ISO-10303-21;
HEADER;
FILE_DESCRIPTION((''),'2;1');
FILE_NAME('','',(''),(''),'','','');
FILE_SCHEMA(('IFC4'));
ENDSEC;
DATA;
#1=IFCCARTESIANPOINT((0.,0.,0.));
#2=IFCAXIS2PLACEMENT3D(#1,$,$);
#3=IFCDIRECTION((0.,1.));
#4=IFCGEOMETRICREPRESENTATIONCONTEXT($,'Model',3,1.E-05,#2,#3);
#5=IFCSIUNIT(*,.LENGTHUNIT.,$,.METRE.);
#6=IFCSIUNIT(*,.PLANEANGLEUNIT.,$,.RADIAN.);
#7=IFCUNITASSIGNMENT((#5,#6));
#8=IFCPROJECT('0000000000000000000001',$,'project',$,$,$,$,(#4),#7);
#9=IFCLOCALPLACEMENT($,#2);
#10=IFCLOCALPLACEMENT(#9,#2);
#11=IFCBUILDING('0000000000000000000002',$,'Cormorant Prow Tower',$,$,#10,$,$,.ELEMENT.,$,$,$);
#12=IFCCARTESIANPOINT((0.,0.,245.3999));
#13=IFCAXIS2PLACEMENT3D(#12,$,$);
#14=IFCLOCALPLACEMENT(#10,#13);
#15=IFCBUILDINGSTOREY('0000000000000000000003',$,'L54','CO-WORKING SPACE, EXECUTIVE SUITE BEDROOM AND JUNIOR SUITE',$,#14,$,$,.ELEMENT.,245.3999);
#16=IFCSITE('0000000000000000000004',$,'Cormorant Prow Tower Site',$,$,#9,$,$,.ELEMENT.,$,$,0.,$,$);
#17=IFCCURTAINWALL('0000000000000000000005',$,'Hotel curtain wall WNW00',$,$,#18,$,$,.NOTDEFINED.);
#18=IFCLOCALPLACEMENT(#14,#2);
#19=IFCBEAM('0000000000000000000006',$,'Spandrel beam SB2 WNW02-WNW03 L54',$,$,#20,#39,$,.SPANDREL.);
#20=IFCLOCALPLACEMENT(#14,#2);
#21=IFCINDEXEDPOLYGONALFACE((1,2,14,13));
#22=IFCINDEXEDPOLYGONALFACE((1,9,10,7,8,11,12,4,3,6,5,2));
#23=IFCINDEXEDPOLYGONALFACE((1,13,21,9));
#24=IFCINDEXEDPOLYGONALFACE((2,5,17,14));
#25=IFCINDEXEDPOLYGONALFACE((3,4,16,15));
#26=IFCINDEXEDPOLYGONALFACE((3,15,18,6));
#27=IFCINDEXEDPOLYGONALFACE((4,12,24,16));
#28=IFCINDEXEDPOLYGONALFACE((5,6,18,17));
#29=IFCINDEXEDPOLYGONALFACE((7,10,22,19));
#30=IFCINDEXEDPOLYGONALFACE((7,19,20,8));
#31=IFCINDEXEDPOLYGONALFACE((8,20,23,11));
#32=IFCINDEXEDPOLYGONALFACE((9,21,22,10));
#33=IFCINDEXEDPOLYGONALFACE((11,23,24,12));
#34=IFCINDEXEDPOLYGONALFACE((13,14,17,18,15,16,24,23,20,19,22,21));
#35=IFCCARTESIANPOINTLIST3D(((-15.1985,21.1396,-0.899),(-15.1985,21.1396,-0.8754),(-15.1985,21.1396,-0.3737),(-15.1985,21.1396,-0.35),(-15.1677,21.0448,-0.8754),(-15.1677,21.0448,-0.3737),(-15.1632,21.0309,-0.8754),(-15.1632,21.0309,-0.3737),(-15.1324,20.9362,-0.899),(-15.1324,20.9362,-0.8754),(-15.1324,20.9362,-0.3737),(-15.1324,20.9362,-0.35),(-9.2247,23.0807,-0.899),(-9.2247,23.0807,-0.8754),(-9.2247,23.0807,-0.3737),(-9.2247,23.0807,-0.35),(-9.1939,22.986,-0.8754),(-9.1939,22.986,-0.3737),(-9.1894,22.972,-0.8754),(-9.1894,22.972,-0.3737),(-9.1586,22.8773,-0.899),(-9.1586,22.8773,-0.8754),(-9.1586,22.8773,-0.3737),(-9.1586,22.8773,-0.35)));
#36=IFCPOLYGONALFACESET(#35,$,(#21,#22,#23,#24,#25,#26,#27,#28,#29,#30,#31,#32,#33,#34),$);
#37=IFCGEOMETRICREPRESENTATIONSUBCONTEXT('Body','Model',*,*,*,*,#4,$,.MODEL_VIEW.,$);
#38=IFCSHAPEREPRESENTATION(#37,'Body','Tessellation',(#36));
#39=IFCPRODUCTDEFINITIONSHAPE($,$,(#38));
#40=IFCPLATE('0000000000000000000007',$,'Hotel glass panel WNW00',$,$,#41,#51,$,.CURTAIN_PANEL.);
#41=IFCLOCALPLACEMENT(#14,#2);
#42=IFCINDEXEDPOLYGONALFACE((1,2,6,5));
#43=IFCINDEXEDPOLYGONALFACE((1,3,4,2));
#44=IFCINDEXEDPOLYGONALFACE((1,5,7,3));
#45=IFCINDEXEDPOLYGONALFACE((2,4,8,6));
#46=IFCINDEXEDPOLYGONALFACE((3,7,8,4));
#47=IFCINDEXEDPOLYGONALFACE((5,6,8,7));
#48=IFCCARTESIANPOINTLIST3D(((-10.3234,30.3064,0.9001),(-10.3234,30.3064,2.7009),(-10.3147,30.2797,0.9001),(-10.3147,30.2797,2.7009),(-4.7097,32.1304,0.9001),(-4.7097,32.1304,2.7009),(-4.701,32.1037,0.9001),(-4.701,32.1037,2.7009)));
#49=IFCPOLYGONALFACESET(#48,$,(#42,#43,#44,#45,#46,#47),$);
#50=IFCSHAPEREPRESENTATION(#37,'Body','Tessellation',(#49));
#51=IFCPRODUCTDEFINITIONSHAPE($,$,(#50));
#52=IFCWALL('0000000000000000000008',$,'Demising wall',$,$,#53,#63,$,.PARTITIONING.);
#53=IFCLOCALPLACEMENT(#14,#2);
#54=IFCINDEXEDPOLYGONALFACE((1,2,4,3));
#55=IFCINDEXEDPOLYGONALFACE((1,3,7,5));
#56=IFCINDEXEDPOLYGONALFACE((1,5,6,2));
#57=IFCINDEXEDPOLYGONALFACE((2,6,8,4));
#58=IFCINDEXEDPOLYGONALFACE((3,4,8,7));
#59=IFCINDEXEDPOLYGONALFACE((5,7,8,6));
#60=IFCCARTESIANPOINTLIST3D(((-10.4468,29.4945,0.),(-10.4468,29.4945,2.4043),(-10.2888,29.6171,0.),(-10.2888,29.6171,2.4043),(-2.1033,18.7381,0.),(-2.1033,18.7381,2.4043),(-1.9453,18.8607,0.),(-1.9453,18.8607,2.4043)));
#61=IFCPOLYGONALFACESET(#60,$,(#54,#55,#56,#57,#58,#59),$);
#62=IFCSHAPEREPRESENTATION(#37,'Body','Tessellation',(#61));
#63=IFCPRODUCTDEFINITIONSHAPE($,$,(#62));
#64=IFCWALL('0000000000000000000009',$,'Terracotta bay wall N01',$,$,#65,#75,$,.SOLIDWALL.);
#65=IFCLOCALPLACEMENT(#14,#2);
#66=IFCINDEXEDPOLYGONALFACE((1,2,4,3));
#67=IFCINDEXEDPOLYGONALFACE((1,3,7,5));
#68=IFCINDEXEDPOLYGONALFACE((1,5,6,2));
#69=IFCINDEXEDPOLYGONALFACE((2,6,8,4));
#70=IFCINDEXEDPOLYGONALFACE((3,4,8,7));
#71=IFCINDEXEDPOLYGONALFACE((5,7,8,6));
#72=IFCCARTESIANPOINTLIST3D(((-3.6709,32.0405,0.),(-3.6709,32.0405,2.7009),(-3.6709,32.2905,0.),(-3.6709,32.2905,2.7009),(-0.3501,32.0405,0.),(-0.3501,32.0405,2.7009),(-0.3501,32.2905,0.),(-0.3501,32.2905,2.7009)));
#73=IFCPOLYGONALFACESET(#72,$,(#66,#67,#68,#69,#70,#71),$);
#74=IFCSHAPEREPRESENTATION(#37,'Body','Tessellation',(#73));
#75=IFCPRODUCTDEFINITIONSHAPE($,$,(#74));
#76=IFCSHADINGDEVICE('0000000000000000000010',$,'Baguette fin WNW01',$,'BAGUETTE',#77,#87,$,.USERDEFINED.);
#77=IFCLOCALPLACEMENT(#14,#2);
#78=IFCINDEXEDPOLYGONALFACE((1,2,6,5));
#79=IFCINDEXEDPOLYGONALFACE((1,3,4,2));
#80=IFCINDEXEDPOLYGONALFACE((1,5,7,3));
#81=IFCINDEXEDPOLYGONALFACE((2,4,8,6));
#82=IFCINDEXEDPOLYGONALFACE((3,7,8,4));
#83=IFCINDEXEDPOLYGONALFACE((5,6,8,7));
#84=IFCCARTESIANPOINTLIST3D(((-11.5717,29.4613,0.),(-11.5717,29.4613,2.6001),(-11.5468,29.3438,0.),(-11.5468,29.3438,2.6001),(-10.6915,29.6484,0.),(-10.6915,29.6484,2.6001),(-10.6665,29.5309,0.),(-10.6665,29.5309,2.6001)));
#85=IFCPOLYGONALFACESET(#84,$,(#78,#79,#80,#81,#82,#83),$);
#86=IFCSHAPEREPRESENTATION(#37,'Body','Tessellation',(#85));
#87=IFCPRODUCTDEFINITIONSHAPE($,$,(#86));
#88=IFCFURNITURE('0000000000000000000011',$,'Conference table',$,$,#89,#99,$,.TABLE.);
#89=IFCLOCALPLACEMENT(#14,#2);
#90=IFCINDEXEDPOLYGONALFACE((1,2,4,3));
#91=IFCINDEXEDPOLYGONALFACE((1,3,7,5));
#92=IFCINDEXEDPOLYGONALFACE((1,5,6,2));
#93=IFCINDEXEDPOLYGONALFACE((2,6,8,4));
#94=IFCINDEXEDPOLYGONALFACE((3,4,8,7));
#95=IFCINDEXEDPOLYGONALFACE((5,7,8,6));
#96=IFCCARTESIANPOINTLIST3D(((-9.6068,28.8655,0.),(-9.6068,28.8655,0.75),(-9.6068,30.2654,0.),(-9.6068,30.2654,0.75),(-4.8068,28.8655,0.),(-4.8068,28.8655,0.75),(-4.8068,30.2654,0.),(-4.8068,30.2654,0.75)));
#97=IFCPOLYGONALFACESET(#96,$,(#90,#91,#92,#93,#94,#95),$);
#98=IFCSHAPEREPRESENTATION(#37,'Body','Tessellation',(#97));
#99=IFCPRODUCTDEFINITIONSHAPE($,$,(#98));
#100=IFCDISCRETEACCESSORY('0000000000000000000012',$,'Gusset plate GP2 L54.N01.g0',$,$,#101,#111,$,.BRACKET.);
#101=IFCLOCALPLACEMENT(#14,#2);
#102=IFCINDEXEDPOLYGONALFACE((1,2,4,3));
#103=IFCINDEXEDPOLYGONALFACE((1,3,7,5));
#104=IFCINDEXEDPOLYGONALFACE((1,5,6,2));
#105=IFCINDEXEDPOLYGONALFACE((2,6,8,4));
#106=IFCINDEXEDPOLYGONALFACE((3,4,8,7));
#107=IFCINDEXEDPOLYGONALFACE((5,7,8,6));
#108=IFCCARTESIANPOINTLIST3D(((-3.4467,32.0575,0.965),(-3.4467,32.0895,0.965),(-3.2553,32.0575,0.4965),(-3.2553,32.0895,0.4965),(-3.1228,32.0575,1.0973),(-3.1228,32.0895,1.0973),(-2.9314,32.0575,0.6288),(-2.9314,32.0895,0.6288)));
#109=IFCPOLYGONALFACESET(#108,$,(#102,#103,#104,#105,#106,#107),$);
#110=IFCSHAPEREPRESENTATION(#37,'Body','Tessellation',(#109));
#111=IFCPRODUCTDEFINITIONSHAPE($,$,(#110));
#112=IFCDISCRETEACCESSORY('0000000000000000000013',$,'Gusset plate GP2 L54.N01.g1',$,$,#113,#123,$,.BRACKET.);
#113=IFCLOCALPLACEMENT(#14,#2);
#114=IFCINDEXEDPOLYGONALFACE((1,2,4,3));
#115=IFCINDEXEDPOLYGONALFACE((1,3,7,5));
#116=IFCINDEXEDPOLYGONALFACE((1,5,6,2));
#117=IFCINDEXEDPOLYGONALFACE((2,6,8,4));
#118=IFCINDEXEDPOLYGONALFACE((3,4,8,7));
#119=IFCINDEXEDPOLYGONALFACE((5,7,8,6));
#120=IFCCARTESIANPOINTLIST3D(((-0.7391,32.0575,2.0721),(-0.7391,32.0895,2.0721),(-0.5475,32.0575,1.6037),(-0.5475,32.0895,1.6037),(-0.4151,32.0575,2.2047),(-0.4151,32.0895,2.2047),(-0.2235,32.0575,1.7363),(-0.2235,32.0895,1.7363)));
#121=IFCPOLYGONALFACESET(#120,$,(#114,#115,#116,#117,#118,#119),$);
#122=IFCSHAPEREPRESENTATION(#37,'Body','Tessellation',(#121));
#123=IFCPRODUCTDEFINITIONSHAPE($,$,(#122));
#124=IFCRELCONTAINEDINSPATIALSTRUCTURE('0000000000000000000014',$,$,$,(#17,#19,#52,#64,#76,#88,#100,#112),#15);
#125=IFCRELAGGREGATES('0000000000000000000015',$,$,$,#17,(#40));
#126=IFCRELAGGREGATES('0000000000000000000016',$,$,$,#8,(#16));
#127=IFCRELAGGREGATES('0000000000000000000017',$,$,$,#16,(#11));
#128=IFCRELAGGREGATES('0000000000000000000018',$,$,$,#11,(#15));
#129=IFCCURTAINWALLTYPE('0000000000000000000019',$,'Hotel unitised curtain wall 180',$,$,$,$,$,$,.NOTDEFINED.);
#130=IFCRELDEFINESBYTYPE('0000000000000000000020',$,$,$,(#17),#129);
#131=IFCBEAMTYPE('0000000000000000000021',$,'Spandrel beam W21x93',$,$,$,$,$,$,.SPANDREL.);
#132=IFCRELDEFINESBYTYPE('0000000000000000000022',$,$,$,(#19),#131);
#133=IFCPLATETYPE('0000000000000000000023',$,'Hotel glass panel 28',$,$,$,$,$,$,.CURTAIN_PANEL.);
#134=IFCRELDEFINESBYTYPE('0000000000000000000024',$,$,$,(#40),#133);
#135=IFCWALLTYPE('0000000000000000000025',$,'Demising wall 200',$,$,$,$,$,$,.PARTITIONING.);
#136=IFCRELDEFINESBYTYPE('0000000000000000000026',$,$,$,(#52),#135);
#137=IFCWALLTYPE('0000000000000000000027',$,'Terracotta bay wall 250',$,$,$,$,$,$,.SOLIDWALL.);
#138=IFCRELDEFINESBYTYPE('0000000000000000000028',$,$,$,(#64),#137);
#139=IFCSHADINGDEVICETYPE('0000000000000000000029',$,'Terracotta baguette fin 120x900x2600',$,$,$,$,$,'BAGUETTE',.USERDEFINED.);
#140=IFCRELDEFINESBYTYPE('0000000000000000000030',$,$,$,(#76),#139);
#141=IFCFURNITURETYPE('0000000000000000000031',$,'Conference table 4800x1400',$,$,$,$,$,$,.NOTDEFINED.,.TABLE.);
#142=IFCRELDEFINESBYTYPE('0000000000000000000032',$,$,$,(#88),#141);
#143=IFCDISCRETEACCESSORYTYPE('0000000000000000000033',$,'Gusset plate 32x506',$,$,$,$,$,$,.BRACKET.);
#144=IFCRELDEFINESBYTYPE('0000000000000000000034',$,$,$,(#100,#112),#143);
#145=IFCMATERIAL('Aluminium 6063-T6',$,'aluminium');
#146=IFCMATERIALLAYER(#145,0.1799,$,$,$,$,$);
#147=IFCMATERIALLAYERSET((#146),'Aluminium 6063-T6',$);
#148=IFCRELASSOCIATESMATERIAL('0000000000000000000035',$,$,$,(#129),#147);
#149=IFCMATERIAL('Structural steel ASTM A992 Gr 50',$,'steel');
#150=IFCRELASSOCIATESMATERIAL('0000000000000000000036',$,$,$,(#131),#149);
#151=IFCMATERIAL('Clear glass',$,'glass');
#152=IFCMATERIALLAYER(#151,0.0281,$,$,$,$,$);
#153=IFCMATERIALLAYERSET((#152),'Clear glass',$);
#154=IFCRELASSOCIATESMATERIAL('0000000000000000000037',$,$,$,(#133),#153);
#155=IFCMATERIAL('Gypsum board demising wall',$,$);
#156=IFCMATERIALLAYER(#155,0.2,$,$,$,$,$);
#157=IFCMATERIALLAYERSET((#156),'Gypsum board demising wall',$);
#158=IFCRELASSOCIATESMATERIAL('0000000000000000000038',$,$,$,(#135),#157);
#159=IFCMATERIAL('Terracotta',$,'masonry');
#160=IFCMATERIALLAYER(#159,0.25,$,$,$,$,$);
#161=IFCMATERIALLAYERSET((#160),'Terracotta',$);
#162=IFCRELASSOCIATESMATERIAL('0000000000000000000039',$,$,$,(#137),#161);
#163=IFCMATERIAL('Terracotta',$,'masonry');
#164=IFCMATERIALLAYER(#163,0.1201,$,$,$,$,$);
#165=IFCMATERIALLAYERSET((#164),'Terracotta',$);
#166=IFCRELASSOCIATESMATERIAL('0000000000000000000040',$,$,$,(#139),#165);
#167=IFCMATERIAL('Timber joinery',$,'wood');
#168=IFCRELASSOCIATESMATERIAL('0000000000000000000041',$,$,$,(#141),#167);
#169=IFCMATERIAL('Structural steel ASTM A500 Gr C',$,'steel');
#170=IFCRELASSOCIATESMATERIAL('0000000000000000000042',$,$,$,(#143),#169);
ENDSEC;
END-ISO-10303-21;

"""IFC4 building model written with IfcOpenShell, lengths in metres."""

from ifc_helpers import new_model, si_unit, direction, frame, frame_2d, origin, origin_2d, place, context, subcontext, project, spatial, rectangle, i_section, extrude, material, layer, layer_set, material_profile, profile_set, type_object, element, aggregate, save


model = new_model("IFC4")

# Units and contexts
model_context = context("Model", 3, precision=1e-05, world=origin(), true_north=direction((0.0, 1.0)))
body_context = subcontext(model_context, "Body", "Model", "MODEL_VIEW")
ifc_project = project(units=[si_unit("LENGTHUNIT", "METRE"), si_unit("PLANEANGLEUNIT", "RADIAN")], contexts=[model_context])

# Site, building, storey
site_placement = place(None, origin())
site = spatial("IfcSite", under=ifc_project, at=site_placement, Name="Cormorant Prow Tower Site", CompositionType="ELEMENT", RefElevation=0.0)
building_placement = place(site_placement, origin())
building = spatial("IfcBuilding", under=site, at=building_placement, Name="Cormorant Prow Tower", CompositionType="ELEMENT")
storey_placement = place(building_placement, frame((0.0, 0.0, 245.3999)))
storey = spatial("IfcBuildingStorey", under=building, at=storey_placement, Name="L54", Description="CO-WORKING SPACE, EXECUTIVE SUITE BEDROOM AND JUNIOR SUITE", CompositionType="ELEMENT", Elevation=245.3999)

# Curtain wall
ifc_material_1 = material(Name="Aluminium 6063-T6", Category="aluminium")
ifc_layer_1 = layer(ifc_material_1, 0.1799)
ifc_layer_set_1 = layer_set([ifc_layer_1], Name="Aluminium 6063-T6")
curtain_wall_type = type_object("IfcCurtainWallType", Name="Hotel unitised curtain wall 180", PredefinedType="NOTDEFINED", material=ifc_layer_set_1)
curtain_wall_1_placement = place(storey_placement, origin())
curtain_wall_1 = element("IfcCurtainWall", 1, at=curtain_wall_1_placement, inside=storey, type_object=curtain_wall_type, Name="Hotel curtain wall WNW00", PredefinedType="NOTDEFINED")

# Beam
ifc_material_2 = material(Name="Structural steel ASTM A992 Gr 50", Category="steel")
ifc_material_profile_1 = material_profile(ifc_material_2, i_section(OverallWidth=0.2139, OverallDepth=0.5491, WebThickness=0.0146, FlangeThickness=0.0237, at=origin_2d()), Name="W21x93")
ifc_profile_set_1 = profile_set([ifc_material_profile_1], Name="Structural steel ASTM A992 Gr 50")
beam_type = type_object("IfcBeamType", Name="Spandrel beam W21x93", PredefinedType="SPANDREL", material=ifc_profile_set_1)
beam_1_placement = place(storey_placement, frame((-9.1917, 22.979, -0.6245), z_axis=(-0.95105, -0.309036, 0.0), x_axis=(0.309036, -0.95105, 0.0)))
element("IfcBeam", 2, at=beam_1_placement, inside=storey, type_object=beam_type, Name="Spandrel beam SB2 WNW02-WNW03 L54", PredefinedType="SPANDREL", context=body_context, shape_type="SweptSolid", body=[
    extrude(i_section(OverallWidth=0.2139, OverallDepth=0.5491, WebThickness=0.0146, FlangeThickness=0.0237, at=origin_2d()), origin(), (0.0, 0.0, 1.0), 6.2812),
])

# Plate
ifc_material_3 = material(Name="Clear glass", Category="glass")
ifc_layer_2 = layer(ifc_material_3, 0.0281)
ifc_layer_set_2 = layer_set([ifc_layer_2], Name="Clear glass")
plate_type = type_object("IfcPlateType", Name="Hotel glass panel 28", PredefinedType="CURTAIN_PANEL", material=ifc_layer_set_2)
plate_placement = place(storey_placement, frame((-7.5122, 31.2051, 0.9001), z_axis=(0.0, 0.0, 1.0), x_axis=(-0.951057, -0.309017, 0.0)))
plate = element("IfcPlate", 3, at=plate_placement, type_object=plate_type, Name="Hotel glass panel WNW00", PredefinedType="CURTAIN_PANEL", context=body_context, shape_type="SweptSolid", body=[
    extrude(rectangle(XDim=5.9026, YDim=0.0281, at=origin_2d()), origin(), (0.0, 0.0, 1.0), 1.8008),
])
aggregate(curtain_wall_1, [plate])

# Walls
ifc_material_4 = material(Name="Gypsum board demising wall")
ifc_layer_3 = layer(ifc_material_4, 0.2)
ifc_layer_set_3 = layer_set([ifc_layer_3], Name="Gypsum board demising wall")
wall_type_1 = type_object("IfcWallType", Name="Demising wall 200", PredefinedType="PARTITIONING", material=ifc_layer_set_3)
wall_1_placement = place(storey_placement, frame((-10.3679, 29.5559, 0.0), z_axis=(0.0, 0.0, 1.0), x_axis=(0.612908, -0.790154, 0.0)))
element("IfcWall", 4, at=wall_1_placement, inside=storey, type_object=wall_type_1, Name="Demising wall", PredefinedType="PARTITIONING", context=body_context, shape_type="SweptSolid", body=[
    extrude(rectangle(XDim=13.613, YDim=0.2, at=frame_2d((6.8066, 0.0))), origin(), (0.0, 0.0, 1.0), 2.4043),
])
ifc_material_5 = material(Name="Terracotta", Category="masonry")
ifc_layer_4 = layer(ifc_material_5, 0.25)
ifc_layer_set_4 = layer_set([ifc_layer_4], Name="Terracotta")
wall_type_2 = type_object("IfcWallType", Name="Terracotta bay wall 250", PredefinedType="SOLIDWALL", material=ifc_layer_set_4)
wall_2_placement = place(storey_placement, frame((-0.3501, 32.1655, 0.0), z_axis=(0.0, 0.0, 1.0), x_axis=(-1.0, 0.0, 0.0)))
element("IfcWall", 5, at=wall_2_placement, inside=storey, type_object=wall_type_2, Name="Terracotta bay wall N01", PredefinedType="SOLIDWALL", context=body_context, shape_type="SweptSolid", body=[
    extrude(rectangle(XDim=3.3208, YDim=0.25, at=frame_2d((1.6604, 0.0))), origin(), (0.0, 0.0, 1.0), 2.7009),
])

# Shading device
ifc_material_6 = material(Name="Terracotta", Category="masonry")
ifc_layer_5 = layer(ifc_material_6, 0.1201)
ifc_layer_set_5 = layer_set([ifc_layer_5], Name="Terracotta")
shading_device_type = type_object("IfcShadingDeviceType", Name="Terracotta baguette fin 120x900x2600", ElementType="BAGUETTE", PredefinedType="USERDEFINED", material=ifc_layer_set_5)
shading_device_placement = place(storey_placement, frame((-11.1191, 29.4961, 0.0), z_axis=(0.0, 0.0, 1.0), x_axis=(0.207912, -0.978148, 0.0)))
element("IfcShadingDevice", 6, at=shading_device_placement, inside=storey, type_object=shading_device_type, Name="Baguette fin WNW01", ObjectType="BAGUETTE", PredefinedType="USERDEFINED", context=body_context, shape_type="SweptSolid", body=[
    extrude(rectangle(XDim=0.1201, YDim=0.8999, at=origin_2d()), origin(), (0.0, 0.0, 1.0), 2.6001),
])

# Furniture
ifc_material_7 = material(Name="Timber joinery", Category="wood")
furniture_type = type_object("IfcFurnitureType", Name="Conference table 4800x1400", AssemblyPlace="NOTDEFINED", PredefinedType="TABLE", material=ifc_material_7)
furniture_placement = place(storey_placement, frame((-7.2068, 29.5654, 0.0), z_axis=(0.0, 0.0, 1.0), x_axis=(1.0, 0.0, 0.0)))
element("IfcFurniture", 7, at=furniture_placement, inside=storey, type_object=furniture_type, Name="Conference table", PredefinedType="TABLE", context=body_context, shape_type="SweptSolid", body=[
    extrude(rectangle(XDim=4.8, YDim=1.3999, at=origin_2d()), origin(), (0.0, 0.0, 1.0), 0.75),
])

# Discrete accessories
ifc_material_8 = material(Name="Structural steel ASTM A500 Gr C", Category="steel")
ifc_material_profile_2 = material_profile(ifc_material_8, rectangle(XDim=0.032, YDim=0.5061, at=origin_2d()), Name="Gusset plate 32x506")
ifc_profile_set_2 = profile_set([ifc_material_profile_2], Name="Structural steel ASTM A500 Gr C")
discrete_accessory_type = type_object("IfcDiscreteAccessoryType", Name="Gusset plate 32x506", PredefinedType="BRACKET", material=ifc_profile_set_2)
discrete_accessory_1_placement = place(storey_placement, frame((-3.0271, 32.0735, 0.863), z_axis=(-0.925758, 0.0, -0.378117), x_axis=(0.0, -1.0, 0.0)))
element("IfcDiscreteAccessory", 8, at=discrete_accessory_1_placement, inside=storey, type_object=discrete_accessory_type, Name="Gusset plate GP2 L54.N01.g0", PredefinedType="BRACKET", context=body_context, shape_type="SweptSolid", body=[
    extrude(rectangle(XDim=0.032, YDim=0.5061, at=origin_2d()), origin(), (0.0, 0.0, 1.0), 0.3499),
])
discrete_accessory_2_placement = place(storey_placement, frame((-0.6433, 32.0735, 1.8379), z_axis=(0.925514, 0.0, 0.378714), x_axis=(0.0, 1.0, 0.0)))
element("IfcDiscreteAccessory", 9, at=discrete_accessory_2_placement, inside=storey, type_object=discrete_accessory_type, Name="Gusset plate GP2 L54.N01.g1", PredefinedType="BRACKET", context=body_context, shape_type="SweptSolid", body=[
    extrude(rectangle(XDim=0.032, YDim=0.5061, at=origin_2d()), origin(), (0.0, 0.0, 1.0), 0.3501),
])

save(model, "model.ifc")
